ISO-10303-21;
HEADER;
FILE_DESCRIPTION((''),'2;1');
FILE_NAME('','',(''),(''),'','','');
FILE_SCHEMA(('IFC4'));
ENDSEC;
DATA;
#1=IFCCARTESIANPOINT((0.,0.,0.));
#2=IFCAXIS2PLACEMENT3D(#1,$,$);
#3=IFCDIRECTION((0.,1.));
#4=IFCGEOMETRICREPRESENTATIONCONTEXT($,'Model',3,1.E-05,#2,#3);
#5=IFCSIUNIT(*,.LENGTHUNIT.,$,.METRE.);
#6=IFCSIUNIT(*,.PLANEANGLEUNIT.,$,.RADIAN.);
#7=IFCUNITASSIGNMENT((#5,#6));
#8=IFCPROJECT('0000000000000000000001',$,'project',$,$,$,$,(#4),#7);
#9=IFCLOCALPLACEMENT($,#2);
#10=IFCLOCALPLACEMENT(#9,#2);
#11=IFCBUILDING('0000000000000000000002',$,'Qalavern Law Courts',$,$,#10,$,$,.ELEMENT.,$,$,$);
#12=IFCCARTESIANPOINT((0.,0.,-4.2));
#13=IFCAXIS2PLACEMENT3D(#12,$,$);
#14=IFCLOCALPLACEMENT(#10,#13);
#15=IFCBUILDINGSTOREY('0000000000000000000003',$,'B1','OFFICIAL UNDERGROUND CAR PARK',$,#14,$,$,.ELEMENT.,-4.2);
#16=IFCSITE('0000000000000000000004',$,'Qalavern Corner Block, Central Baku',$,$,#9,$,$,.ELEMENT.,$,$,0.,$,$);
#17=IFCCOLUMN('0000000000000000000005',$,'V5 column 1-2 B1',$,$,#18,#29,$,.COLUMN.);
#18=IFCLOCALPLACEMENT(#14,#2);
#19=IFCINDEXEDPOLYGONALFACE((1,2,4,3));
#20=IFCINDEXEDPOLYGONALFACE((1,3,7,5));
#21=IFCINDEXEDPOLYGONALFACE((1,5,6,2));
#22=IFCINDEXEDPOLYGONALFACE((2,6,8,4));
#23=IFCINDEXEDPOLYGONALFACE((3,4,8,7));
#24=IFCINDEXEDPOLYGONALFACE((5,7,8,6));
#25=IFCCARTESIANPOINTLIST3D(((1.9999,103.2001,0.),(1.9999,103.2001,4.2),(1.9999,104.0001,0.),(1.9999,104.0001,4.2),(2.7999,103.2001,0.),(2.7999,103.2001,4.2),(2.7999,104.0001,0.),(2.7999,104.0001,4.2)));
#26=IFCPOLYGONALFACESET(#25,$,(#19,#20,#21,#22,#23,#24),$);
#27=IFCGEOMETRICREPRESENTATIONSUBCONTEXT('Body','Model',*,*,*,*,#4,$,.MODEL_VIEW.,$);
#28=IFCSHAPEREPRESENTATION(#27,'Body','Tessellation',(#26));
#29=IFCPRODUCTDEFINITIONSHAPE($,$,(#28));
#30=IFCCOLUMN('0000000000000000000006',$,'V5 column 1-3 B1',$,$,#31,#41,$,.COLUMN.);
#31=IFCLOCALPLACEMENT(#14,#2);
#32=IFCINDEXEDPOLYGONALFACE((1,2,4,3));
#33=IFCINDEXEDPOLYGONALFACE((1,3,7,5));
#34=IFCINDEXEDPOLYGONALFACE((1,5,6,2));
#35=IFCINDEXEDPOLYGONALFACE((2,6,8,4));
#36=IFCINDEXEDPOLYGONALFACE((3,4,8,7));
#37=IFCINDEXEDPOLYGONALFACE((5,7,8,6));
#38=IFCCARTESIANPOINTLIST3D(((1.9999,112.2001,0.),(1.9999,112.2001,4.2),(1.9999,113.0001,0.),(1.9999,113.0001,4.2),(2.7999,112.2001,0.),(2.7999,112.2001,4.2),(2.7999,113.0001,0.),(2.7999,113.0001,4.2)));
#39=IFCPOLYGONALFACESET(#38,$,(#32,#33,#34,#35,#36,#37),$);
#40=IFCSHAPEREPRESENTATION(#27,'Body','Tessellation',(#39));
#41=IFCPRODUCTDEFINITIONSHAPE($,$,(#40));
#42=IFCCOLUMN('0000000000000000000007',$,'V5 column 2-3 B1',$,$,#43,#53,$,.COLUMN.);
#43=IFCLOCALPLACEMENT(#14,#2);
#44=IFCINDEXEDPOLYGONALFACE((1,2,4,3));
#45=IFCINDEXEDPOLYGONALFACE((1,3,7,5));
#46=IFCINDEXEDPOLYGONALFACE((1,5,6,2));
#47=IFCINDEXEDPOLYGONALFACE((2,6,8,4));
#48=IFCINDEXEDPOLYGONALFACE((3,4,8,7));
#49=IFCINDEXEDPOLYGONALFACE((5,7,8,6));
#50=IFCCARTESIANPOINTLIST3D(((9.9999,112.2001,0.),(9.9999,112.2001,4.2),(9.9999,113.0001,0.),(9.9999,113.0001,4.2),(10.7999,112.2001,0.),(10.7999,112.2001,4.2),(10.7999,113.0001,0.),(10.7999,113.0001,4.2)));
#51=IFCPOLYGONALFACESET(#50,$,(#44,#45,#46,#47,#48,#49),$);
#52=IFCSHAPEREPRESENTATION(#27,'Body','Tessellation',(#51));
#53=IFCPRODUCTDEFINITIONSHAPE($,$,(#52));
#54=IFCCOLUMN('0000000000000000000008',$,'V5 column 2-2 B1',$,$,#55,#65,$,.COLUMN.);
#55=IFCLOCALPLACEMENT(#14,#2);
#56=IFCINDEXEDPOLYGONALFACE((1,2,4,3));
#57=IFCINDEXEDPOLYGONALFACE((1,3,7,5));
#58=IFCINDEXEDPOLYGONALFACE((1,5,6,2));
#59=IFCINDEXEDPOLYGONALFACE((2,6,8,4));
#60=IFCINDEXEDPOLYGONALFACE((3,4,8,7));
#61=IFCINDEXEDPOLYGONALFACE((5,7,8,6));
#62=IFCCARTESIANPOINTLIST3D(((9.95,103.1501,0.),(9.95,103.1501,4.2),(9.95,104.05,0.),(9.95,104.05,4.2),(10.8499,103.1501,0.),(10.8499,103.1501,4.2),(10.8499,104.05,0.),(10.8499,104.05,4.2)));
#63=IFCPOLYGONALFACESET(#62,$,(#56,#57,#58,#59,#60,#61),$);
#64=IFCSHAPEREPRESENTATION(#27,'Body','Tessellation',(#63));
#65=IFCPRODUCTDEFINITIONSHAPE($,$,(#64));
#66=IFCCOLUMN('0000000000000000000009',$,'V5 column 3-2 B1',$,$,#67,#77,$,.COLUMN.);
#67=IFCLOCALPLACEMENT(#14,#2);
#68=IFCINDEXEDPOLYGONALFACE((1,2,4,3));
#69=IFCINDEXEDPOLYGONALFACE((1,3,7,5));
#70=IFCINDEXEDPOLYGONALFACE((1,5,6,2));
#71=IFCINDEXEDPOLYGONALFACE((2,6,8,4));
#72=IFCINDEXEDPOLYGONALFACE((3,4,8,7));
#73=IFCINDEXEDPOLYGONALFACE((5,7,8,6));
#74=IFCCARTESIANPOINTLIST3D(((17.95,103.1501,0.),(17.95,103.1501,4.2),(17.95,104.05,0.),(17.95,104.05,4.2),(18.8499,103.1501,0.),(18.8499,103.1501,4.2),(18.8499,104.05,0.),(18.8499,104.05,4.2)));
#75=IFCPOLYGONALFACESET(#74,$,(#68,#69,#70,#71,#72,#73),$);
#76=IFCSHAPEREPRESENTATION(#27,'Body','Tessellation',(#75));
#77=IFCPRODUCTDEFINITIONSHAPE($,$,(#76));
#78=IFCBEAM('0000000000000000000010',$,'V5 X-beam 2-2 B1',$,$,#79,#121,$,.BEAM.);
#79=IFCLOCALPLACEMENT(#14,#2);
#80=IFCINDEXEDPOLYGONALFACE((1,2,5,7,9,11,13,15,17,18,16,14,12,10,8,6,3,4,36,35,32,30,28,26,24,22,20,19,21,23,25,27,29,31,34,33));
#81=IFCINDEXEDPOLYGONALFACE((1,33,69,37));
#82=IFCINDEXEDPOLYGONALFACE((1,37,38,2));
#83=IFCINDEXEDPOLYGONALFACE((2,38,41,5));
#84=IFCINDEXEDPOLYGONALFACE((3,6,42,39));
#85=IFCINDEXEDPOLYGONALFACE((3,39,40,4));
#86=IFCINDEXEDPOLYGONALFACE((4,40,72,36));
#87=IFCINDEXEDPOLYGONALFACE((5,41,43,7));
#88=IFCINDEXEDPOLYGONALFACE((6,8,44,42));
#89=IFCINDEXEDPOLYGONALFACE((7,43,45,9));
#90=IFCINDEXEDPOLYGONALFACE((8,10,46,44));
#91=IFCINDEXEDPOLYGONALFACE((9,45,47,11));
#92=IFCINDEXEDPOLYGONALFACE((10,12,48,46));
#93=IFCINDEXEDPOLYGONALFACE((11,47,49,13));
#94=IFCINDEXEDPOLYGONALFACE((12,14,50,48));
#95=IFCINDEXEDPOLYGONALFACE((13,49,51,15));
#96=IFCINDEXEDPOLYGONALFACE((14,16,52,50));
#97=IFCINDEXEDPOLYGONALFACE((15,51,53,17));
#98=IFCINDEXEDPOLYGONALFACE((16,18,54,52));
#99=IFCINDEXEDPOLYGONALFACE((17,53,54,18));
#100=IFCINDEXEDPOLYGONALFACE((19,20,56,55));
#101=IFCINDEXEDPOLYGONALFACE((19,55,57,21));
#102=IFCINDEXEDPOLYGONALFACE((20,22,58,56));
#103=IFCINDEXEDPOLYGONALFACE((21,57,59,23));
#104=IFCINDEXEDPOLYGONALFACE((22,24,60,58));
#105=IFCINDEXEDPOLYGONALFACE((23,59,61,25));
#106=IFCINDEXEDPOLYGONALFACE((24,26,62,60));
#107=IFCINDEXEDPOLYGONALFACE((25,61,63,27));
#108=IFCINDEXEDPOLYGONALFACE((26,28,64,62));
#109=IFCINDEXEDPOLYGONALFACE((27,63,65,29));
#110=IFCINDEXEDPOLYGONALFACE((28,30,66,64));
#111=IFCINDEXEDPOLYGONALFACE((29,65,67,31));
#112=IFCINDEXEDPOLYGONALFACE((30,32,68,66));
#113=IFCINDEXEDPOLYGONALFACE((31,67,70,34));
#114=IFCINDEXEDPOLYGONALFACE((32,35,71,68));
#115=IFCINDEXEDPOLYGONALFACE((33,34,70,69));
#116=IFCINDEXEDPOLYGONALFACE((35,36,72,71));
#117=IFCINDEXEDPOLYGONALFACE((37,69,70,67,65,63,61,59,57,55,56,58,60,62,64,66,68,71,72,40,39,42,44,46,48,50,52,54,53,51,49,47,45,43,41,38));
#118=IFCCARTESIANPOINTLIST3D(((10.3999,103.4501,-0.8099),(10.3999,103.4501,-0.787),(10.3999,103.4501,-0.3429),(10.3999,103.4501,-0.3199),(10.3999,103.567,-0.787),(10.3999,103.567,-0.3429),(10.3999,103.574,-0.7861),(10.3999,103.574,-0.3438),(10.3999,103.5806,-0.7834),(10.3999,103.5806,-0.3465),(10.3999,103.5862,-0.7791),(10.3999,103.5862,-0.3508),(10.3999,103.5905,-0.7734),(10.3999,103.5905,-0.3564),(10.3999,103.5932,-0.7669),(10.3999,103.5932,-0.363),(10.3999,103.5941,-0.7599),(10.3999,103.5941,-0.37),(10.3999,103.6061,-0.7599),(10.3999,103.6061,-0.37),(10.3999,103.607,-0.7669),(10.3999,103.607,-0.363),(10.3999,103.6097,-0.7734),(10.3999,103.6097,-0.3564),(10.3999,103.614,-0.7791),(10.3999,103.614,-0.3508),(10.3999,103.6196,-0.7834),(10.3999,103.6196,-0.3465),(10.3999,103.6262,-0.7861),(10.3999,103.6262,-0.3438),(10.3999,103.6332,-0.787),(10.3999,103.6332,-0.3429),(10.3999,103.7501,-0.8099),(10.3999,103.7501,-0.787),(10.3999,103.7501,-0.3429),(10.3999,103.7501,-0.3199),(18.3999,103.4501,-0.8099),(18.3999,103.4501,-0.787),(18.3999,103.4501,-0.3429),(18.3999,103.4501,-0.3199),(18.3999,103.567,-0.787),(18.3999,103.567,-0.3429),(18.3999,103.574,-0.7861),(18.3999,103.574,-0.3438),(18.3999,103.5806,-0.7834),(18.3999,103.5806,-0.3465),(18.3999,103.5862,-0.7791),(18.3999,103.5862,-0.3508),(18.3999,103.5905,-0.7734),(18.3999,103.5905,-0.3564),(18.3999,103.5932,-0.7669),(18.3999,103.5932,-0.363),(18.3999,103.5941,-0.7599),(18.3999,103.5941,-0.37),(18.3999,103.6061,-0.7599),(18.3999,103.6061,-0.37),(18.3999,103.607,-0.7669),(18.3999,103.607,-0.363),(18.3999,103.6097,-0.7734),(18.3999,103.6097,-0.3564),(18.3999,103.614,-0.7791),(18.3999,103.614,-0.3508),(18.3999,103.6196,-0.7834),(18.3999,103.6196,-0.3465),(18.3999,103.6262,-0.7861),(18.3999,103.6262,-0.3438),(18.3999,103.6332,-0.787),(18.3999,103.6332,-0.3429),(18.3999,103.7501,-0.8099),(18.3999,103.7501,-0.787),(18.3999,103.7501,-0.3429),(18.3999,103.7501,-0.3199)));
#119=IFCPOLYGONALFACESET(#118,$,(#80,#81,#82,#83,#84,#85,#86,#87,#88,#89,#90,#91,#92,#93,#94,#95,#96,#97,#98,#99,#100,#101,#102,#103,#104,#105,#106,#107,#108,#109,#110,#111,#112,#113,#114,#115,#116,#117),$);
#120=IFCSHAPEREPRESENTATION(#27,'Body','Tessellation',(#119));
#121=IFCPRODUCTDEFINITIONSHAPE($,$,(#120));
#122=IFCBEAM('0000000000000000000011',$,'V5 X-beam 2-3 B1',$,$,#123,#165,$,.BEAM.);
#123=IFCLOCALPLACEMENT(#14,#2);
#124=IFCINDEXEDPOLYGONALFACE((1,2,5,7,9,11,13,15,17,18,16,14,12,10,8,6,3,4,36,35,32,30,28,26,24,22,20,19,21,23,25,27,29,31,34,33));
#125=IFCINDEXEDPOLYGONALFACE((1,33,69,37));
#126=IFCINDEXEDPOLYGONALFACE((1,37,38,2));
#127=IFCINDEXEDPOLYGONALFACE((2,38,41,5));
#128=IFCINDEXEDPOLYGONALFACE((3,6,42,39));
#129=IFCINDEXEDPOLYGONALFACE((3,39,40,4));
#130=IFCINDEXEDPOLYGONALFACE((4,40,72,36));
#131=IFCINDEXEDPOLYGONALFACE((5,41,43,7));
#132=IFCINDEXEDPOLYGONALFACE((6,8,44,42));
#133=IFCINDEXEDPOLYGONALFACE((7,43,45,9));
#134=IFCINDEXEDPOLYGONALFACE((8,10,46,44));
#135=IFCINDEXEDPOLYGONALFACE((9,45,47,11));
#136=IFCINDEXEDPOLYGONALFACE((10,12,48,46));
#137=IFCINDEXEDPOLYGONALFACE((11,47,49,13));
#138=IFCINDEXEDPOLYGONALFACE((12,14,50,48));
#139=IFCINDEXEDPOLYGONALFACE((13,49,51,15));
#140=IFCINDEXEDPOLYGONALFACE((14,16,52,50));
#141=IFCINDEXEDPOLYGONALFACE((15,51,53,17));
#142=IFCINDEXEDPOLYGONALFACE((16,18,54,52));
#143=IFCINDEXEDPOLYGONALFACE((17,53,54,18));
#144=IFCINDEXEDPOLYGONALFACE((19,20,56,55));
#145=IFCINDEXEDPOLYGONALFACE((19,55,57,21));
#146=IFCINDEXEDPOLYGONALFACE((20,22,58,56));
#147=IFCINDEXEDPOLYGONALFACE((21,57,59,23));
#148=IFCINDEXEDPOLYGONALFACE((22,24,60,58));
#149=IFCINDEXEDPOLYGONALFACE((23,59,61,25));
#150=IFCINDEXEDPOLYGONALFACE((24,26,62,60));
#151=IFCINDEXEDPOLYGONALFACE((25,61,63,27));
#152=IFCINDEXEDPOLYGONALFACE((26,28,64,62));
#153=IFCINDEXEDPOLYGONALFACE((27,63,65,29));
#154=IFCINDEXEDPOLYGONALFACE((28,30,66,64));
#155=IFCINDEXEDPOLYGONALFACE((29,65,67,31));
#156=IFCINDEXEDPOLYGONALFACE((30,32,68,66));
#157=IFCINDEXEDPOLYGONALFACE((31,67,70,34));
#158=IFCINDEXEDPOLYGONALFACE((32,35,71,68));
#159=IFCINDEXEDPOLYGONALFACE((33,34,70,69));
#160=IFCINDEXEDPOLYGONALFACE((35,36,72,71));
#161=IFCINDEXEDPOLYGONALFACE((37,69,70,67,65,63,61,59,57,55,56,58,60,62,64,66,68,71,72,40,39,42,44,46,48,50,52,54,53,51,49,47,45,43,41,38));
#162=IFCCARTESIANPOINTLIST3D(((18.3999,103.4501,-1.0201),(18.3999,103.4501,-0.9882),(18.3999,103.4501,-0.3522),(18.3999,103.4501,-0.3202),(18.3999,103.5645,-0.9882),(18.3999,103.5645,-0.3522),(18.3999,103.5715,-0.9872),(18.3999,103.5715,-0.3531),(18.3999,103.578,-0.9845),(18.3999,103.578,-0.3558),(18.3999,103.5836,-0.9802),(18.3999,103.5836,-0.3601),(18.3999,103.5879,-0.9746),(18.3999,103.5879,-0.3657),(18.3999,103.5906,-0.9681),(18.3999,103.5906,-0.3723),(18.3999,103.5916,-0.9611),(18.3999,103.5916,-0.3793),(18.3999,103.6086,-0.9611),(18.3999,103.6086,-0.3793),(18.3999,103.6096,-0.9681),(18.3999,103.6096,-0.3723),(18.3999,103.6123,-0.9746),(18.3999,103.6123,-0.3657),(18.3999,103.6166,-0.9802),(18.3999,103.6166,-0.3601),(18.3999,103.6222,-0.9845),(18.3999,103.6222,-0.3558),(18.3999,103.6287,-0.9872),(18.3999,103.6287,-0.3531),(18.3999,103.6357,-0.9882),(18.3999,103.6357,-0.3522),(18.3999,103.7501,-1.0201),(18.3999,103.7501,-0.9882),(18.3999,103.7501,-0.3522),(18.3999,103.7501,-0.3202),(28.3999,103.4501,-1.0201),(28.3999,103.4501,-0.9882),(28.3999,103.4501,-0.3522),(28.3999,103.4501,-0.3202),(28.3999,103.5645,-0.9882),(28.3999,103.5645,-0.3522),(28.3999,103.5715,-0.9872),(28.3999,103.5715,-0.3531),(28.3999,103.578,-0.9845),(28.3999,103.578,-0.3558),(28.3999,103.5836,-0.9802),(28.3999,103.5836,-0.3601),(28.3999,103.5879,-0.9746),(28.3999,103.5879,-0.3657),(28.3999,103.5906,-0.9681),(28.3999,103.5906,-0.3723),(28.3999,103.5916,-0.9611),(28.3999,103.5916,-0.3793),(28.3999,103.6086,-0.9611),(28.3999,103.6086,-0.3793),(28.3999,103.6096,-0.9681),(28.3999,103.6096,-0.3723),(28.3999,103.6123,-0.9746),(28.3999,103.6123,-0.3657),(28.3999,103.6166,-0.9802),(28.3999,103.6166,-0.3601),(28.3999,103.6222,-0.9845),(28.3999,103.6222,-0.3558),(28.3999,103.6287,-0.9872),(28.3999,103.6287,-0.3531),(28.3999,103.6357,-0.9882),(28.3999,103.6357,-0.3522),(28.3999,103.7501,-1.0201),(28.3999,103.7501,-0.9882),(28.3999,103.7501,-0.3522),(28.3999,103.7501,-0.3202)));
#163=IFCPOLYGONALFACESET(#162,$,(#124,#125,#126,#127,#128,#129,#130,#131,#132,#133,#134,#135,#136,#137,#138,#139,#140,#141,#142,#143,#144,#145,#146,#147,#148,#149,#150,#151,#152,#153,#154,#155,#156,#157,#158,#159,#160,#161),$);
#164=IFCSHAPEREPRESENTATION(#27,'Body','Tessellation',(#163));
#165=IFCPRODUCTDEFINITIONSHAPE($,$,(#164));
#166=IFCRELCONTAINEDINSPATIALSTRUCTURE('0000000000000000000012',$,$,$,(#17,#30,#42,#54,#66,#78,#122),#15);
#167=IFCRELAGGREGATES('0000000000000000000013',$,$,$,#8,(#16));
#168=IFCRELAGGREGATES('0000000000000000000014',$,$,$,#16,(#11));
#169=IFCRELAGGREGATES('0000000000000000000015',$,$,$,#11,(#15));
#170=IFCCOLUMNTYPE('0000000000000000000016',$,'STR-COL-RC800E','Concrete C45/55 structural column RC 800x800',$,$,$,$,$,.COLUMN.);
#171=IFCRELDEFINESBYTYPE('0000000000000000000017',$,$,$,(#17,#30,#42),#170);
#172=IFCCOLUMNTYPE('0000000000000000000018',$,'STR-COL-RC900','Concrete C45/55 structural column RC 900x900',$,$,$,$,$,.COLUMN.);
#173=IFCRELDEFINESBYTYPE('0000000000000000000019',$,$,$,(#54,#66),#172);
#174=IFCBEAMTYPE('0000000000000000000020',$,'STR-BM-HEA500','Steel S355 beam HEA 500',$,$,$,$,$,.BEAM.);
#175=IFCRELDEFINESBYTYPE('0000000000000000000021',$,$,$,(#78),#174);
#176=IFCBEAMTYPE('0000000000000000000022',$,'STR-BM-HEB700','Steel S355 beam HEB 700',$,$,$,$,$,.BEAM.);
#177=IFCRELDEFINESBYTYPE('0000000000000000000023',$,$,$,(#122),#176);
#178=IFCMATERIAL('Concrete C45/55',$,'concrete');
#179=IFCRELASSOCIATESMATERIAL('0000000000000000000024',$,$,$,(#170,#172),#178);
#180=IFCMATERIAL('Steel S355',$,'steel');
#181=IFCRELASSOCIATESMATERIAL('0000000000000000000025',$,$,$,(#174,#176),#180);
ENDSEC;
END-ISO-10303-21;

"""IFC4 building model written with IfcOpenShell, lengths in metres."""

from ifc_helpers import new_model, si_unit, direction, frame, origin, origin_2d, place, context, subcontext, project, spatial, rectangle, i_section, extrude, material, material_profile, profile_set, type_object, element, save


model = new_model("IFC4")

# Units and contexts
model_context = context("Model", 3, precision=1e-05, world=origin(), true_north=direction((0.0, 1.0)))
body_context = subcontext(model_context, "Body", "Model", "MODEL_VIEW")
ifc_project = project(units=[si_unit("LENGTHUNIT", "METRE"), si_unit("PLANEANGLEUNIT", "RADIAN")], contexts=[model_context])

# Site, building, storey
site_placement = place(None, origin())
site = spatial("IfcSite", under=ifc_project, at=site_placement, Name="Qalavern Corner Block, Central Baku", CompositionType="ELEMENT", RefElevation=0.0)
building_placement = place(site_placement, origin())
building = spatial("IfcBuilding", under=site, at=building_placement, Name="Qalavern Law Courts", CompositionType="ELEMENT")
storey_placement = place(building_placement, frame((0.0, 0.0, -4.2)))
storey = spatial("IfcBuildingStorey", under=building, at=storey_placement, Name="B1", Description="OFFICIAL UNDERGROUND CAR PARK", CompositionType="ELEMENT", Elevation=-4.2)

# Columns
ifc_material_1 = material(Name="Concrete C45/55", Category="concrete")
ifc_material_profile_1 = material_profile(ifc_material_1, rectangle(XDim=0.8, YDim=0.8, at=origin_2d()), Name="RC 800x800")
ifc_profile_set_1 = profile_set([ifc_material_profile_1], Name="Concrete C45/55")
column_type_1 = type_object("IfcColumnType", Name="STR-COL-RC800E", Description="Concrete C45/55 structural column RC 800x800", PredefinedType="COLUMN", material=ifc_profile_set_1)
for number, where, z_axis, x_axis, name in (
    (1, (2.3999, 103.6001, 0.0), (0.0, 0.0, 1.0), (1.0, 0.0, 0.0), "V5 column 1-2 B1"),
    (2, (2.3999, 112.6001, 0.0), (0.0, 0.0, 1.0), (1.0, 0.0, 0.0), "V5 column 1-3 B1"),
    (3, (10.3999, 112.6001, 0.0), (0.0, 0.0, 1.0), (1.0, 0.0, 0.0), "V5 column 2-3 B1"),
):
    element("IfcColumn", number, at=place(storey_placement, frame(where, z_axis=z_axis, x_axis=x_axis)), inside=storey, type_object=column_type_1, Name=name, PredefinedType="COLUMN", context=body_context, shape_type="SweptSolid", body=[
        extrude(rectangle(XDim=0.8, YDim=0.8, at=origin_2d()), origin(), (0.0, 0.0, 1.0), 4.2),
    ])
ifc_material_profile_2 = material_profile(ifc_material_1, rectangle(XDim=0.8999, YDim=0.8999, at=origin_2d()), Name="RC 900x900")
ifc_profile_set_2 = profile_set([ifc_material_profile_2], Name="Concrete C45/55")
column_type_2 = type_object("IfcColumnType", Name="STR-COL-RC900", Description="Concrete C45/55 structural column RC 900x900", PredefinedType="COLUMN", material=ifc_profile_set_2)
for number, where, z_axis, x_axis, name in (
    (4, (10.3999, 103.6001, 0.0), (0.0, 0.0, 1.0), (1.0, 0.0, 0.0), "V5 column 2-2 B1"),
    (5, (18.3999, 103.6001, 0.0), (0.0, 0.0, 1.0), (1.0, 0.0, 0.0), "V5 column 3-2 B1"),
):
    element("IfcColumn", number, at=place(storey_placement, frame(where, z_axis=z_axis, x_axis=x_axis)), inside=storey, type_object=column_type_2, Name=name, PredefinedType="COLUMN", context=body_context, shape_type="SweptSolid", body=[
        extrude(rectangle(XDim=0.8999, YDim=0.8999, at=origin_2d()), origin(), (0.0, 0.0, 1.0), 4.2),
    ])

# Beams
ifc_material_2 = material(Name="Steel S355", Category="steel")
ifc_material_profile_3 = material_profile(ifc_material_2, i_section(OverallWidth=0.3, OverallDepth=0.49, WebThickness=0.012, FlangeThickness=0.0229, FilletRadius=0.0271, at=origin_2d()), Name="HEA 500")
ifc_profile_set_3 = profile_set([ifc_material_profile_3], Name="Steel S355")
beam_type_1 = type_object("IfcBeamType", Name="STR-BM-HEA500", Description="Steel S355 beam HEA 500", PredefinedType="BEAM", material=ifc_profile_set_3)
beam_1_placement = place(storey_placement, frame((10.3999, 103.6001, -0.5649), z_axis=(1.0, 0.0, 0.0), x_axis=(0.0, 1.0, 0.0)))
element("IfcBeam", 6, at=beam_1_placement, inside=storey, type_object=beam_type_1, Name="V5 X-beam 2-2 B1", PredefinedType="BEAM", context=body_context, shape_type="SweptSolid", body=[
    extrude(i_section(OverallWidth=0.3, OverallDepth=0.49, WebThickness=0.012, FlangeThickness=0.0229, FilletRadius=0.0271, at=origin_2d()), origin(), (0.0, 0.0, 1.0), 8.0),
])
ifc_material_profile_4 = material_profile(ifc_material_2, i_section(OverallWidth=0.3, OverallDepth=0.7, WebThickness=0.0171, FlangeThickness=0.032, FilletRadius=0.0271, at=origin_2d()), Name="HEB 700")
ifc_profile_set_4 = profile_set([ifc_material_profile_4], Name="Steel S355")
beam_type_2 = type_object("IfcBeamType", Name="STR-BM-HEB700", Description="Steel S355 beam HEB 700", PredefinedType="BEAM", material=ifc_profile_set_4)
beam_2_placement = place(storey_placement, frame((18.3999, 103.6001, -0.6702), z_axis=(1.0, 0.0, 0.0), x_axis=(0.0, 1.0, 0.0)))
element("IfcBeam", 7, at=beam_2_placement, inside=storey, type_object=beam_type_2, Name="V5 X-beam 2-3 B1", PredefinedType="BEAM", context=body_context, shape_type="SweptSolid", body=[
    extrude(i_section(OverallWidth=0.3, OverallDepth=0.7, WebThickness=0.0171, FlangeThickness=0.032, FilletRadius=0.0271, at=origin_2d()), origin(), (0.0, 0.0, 1.0), 10.0),
])

save(model, "model.ifc")
